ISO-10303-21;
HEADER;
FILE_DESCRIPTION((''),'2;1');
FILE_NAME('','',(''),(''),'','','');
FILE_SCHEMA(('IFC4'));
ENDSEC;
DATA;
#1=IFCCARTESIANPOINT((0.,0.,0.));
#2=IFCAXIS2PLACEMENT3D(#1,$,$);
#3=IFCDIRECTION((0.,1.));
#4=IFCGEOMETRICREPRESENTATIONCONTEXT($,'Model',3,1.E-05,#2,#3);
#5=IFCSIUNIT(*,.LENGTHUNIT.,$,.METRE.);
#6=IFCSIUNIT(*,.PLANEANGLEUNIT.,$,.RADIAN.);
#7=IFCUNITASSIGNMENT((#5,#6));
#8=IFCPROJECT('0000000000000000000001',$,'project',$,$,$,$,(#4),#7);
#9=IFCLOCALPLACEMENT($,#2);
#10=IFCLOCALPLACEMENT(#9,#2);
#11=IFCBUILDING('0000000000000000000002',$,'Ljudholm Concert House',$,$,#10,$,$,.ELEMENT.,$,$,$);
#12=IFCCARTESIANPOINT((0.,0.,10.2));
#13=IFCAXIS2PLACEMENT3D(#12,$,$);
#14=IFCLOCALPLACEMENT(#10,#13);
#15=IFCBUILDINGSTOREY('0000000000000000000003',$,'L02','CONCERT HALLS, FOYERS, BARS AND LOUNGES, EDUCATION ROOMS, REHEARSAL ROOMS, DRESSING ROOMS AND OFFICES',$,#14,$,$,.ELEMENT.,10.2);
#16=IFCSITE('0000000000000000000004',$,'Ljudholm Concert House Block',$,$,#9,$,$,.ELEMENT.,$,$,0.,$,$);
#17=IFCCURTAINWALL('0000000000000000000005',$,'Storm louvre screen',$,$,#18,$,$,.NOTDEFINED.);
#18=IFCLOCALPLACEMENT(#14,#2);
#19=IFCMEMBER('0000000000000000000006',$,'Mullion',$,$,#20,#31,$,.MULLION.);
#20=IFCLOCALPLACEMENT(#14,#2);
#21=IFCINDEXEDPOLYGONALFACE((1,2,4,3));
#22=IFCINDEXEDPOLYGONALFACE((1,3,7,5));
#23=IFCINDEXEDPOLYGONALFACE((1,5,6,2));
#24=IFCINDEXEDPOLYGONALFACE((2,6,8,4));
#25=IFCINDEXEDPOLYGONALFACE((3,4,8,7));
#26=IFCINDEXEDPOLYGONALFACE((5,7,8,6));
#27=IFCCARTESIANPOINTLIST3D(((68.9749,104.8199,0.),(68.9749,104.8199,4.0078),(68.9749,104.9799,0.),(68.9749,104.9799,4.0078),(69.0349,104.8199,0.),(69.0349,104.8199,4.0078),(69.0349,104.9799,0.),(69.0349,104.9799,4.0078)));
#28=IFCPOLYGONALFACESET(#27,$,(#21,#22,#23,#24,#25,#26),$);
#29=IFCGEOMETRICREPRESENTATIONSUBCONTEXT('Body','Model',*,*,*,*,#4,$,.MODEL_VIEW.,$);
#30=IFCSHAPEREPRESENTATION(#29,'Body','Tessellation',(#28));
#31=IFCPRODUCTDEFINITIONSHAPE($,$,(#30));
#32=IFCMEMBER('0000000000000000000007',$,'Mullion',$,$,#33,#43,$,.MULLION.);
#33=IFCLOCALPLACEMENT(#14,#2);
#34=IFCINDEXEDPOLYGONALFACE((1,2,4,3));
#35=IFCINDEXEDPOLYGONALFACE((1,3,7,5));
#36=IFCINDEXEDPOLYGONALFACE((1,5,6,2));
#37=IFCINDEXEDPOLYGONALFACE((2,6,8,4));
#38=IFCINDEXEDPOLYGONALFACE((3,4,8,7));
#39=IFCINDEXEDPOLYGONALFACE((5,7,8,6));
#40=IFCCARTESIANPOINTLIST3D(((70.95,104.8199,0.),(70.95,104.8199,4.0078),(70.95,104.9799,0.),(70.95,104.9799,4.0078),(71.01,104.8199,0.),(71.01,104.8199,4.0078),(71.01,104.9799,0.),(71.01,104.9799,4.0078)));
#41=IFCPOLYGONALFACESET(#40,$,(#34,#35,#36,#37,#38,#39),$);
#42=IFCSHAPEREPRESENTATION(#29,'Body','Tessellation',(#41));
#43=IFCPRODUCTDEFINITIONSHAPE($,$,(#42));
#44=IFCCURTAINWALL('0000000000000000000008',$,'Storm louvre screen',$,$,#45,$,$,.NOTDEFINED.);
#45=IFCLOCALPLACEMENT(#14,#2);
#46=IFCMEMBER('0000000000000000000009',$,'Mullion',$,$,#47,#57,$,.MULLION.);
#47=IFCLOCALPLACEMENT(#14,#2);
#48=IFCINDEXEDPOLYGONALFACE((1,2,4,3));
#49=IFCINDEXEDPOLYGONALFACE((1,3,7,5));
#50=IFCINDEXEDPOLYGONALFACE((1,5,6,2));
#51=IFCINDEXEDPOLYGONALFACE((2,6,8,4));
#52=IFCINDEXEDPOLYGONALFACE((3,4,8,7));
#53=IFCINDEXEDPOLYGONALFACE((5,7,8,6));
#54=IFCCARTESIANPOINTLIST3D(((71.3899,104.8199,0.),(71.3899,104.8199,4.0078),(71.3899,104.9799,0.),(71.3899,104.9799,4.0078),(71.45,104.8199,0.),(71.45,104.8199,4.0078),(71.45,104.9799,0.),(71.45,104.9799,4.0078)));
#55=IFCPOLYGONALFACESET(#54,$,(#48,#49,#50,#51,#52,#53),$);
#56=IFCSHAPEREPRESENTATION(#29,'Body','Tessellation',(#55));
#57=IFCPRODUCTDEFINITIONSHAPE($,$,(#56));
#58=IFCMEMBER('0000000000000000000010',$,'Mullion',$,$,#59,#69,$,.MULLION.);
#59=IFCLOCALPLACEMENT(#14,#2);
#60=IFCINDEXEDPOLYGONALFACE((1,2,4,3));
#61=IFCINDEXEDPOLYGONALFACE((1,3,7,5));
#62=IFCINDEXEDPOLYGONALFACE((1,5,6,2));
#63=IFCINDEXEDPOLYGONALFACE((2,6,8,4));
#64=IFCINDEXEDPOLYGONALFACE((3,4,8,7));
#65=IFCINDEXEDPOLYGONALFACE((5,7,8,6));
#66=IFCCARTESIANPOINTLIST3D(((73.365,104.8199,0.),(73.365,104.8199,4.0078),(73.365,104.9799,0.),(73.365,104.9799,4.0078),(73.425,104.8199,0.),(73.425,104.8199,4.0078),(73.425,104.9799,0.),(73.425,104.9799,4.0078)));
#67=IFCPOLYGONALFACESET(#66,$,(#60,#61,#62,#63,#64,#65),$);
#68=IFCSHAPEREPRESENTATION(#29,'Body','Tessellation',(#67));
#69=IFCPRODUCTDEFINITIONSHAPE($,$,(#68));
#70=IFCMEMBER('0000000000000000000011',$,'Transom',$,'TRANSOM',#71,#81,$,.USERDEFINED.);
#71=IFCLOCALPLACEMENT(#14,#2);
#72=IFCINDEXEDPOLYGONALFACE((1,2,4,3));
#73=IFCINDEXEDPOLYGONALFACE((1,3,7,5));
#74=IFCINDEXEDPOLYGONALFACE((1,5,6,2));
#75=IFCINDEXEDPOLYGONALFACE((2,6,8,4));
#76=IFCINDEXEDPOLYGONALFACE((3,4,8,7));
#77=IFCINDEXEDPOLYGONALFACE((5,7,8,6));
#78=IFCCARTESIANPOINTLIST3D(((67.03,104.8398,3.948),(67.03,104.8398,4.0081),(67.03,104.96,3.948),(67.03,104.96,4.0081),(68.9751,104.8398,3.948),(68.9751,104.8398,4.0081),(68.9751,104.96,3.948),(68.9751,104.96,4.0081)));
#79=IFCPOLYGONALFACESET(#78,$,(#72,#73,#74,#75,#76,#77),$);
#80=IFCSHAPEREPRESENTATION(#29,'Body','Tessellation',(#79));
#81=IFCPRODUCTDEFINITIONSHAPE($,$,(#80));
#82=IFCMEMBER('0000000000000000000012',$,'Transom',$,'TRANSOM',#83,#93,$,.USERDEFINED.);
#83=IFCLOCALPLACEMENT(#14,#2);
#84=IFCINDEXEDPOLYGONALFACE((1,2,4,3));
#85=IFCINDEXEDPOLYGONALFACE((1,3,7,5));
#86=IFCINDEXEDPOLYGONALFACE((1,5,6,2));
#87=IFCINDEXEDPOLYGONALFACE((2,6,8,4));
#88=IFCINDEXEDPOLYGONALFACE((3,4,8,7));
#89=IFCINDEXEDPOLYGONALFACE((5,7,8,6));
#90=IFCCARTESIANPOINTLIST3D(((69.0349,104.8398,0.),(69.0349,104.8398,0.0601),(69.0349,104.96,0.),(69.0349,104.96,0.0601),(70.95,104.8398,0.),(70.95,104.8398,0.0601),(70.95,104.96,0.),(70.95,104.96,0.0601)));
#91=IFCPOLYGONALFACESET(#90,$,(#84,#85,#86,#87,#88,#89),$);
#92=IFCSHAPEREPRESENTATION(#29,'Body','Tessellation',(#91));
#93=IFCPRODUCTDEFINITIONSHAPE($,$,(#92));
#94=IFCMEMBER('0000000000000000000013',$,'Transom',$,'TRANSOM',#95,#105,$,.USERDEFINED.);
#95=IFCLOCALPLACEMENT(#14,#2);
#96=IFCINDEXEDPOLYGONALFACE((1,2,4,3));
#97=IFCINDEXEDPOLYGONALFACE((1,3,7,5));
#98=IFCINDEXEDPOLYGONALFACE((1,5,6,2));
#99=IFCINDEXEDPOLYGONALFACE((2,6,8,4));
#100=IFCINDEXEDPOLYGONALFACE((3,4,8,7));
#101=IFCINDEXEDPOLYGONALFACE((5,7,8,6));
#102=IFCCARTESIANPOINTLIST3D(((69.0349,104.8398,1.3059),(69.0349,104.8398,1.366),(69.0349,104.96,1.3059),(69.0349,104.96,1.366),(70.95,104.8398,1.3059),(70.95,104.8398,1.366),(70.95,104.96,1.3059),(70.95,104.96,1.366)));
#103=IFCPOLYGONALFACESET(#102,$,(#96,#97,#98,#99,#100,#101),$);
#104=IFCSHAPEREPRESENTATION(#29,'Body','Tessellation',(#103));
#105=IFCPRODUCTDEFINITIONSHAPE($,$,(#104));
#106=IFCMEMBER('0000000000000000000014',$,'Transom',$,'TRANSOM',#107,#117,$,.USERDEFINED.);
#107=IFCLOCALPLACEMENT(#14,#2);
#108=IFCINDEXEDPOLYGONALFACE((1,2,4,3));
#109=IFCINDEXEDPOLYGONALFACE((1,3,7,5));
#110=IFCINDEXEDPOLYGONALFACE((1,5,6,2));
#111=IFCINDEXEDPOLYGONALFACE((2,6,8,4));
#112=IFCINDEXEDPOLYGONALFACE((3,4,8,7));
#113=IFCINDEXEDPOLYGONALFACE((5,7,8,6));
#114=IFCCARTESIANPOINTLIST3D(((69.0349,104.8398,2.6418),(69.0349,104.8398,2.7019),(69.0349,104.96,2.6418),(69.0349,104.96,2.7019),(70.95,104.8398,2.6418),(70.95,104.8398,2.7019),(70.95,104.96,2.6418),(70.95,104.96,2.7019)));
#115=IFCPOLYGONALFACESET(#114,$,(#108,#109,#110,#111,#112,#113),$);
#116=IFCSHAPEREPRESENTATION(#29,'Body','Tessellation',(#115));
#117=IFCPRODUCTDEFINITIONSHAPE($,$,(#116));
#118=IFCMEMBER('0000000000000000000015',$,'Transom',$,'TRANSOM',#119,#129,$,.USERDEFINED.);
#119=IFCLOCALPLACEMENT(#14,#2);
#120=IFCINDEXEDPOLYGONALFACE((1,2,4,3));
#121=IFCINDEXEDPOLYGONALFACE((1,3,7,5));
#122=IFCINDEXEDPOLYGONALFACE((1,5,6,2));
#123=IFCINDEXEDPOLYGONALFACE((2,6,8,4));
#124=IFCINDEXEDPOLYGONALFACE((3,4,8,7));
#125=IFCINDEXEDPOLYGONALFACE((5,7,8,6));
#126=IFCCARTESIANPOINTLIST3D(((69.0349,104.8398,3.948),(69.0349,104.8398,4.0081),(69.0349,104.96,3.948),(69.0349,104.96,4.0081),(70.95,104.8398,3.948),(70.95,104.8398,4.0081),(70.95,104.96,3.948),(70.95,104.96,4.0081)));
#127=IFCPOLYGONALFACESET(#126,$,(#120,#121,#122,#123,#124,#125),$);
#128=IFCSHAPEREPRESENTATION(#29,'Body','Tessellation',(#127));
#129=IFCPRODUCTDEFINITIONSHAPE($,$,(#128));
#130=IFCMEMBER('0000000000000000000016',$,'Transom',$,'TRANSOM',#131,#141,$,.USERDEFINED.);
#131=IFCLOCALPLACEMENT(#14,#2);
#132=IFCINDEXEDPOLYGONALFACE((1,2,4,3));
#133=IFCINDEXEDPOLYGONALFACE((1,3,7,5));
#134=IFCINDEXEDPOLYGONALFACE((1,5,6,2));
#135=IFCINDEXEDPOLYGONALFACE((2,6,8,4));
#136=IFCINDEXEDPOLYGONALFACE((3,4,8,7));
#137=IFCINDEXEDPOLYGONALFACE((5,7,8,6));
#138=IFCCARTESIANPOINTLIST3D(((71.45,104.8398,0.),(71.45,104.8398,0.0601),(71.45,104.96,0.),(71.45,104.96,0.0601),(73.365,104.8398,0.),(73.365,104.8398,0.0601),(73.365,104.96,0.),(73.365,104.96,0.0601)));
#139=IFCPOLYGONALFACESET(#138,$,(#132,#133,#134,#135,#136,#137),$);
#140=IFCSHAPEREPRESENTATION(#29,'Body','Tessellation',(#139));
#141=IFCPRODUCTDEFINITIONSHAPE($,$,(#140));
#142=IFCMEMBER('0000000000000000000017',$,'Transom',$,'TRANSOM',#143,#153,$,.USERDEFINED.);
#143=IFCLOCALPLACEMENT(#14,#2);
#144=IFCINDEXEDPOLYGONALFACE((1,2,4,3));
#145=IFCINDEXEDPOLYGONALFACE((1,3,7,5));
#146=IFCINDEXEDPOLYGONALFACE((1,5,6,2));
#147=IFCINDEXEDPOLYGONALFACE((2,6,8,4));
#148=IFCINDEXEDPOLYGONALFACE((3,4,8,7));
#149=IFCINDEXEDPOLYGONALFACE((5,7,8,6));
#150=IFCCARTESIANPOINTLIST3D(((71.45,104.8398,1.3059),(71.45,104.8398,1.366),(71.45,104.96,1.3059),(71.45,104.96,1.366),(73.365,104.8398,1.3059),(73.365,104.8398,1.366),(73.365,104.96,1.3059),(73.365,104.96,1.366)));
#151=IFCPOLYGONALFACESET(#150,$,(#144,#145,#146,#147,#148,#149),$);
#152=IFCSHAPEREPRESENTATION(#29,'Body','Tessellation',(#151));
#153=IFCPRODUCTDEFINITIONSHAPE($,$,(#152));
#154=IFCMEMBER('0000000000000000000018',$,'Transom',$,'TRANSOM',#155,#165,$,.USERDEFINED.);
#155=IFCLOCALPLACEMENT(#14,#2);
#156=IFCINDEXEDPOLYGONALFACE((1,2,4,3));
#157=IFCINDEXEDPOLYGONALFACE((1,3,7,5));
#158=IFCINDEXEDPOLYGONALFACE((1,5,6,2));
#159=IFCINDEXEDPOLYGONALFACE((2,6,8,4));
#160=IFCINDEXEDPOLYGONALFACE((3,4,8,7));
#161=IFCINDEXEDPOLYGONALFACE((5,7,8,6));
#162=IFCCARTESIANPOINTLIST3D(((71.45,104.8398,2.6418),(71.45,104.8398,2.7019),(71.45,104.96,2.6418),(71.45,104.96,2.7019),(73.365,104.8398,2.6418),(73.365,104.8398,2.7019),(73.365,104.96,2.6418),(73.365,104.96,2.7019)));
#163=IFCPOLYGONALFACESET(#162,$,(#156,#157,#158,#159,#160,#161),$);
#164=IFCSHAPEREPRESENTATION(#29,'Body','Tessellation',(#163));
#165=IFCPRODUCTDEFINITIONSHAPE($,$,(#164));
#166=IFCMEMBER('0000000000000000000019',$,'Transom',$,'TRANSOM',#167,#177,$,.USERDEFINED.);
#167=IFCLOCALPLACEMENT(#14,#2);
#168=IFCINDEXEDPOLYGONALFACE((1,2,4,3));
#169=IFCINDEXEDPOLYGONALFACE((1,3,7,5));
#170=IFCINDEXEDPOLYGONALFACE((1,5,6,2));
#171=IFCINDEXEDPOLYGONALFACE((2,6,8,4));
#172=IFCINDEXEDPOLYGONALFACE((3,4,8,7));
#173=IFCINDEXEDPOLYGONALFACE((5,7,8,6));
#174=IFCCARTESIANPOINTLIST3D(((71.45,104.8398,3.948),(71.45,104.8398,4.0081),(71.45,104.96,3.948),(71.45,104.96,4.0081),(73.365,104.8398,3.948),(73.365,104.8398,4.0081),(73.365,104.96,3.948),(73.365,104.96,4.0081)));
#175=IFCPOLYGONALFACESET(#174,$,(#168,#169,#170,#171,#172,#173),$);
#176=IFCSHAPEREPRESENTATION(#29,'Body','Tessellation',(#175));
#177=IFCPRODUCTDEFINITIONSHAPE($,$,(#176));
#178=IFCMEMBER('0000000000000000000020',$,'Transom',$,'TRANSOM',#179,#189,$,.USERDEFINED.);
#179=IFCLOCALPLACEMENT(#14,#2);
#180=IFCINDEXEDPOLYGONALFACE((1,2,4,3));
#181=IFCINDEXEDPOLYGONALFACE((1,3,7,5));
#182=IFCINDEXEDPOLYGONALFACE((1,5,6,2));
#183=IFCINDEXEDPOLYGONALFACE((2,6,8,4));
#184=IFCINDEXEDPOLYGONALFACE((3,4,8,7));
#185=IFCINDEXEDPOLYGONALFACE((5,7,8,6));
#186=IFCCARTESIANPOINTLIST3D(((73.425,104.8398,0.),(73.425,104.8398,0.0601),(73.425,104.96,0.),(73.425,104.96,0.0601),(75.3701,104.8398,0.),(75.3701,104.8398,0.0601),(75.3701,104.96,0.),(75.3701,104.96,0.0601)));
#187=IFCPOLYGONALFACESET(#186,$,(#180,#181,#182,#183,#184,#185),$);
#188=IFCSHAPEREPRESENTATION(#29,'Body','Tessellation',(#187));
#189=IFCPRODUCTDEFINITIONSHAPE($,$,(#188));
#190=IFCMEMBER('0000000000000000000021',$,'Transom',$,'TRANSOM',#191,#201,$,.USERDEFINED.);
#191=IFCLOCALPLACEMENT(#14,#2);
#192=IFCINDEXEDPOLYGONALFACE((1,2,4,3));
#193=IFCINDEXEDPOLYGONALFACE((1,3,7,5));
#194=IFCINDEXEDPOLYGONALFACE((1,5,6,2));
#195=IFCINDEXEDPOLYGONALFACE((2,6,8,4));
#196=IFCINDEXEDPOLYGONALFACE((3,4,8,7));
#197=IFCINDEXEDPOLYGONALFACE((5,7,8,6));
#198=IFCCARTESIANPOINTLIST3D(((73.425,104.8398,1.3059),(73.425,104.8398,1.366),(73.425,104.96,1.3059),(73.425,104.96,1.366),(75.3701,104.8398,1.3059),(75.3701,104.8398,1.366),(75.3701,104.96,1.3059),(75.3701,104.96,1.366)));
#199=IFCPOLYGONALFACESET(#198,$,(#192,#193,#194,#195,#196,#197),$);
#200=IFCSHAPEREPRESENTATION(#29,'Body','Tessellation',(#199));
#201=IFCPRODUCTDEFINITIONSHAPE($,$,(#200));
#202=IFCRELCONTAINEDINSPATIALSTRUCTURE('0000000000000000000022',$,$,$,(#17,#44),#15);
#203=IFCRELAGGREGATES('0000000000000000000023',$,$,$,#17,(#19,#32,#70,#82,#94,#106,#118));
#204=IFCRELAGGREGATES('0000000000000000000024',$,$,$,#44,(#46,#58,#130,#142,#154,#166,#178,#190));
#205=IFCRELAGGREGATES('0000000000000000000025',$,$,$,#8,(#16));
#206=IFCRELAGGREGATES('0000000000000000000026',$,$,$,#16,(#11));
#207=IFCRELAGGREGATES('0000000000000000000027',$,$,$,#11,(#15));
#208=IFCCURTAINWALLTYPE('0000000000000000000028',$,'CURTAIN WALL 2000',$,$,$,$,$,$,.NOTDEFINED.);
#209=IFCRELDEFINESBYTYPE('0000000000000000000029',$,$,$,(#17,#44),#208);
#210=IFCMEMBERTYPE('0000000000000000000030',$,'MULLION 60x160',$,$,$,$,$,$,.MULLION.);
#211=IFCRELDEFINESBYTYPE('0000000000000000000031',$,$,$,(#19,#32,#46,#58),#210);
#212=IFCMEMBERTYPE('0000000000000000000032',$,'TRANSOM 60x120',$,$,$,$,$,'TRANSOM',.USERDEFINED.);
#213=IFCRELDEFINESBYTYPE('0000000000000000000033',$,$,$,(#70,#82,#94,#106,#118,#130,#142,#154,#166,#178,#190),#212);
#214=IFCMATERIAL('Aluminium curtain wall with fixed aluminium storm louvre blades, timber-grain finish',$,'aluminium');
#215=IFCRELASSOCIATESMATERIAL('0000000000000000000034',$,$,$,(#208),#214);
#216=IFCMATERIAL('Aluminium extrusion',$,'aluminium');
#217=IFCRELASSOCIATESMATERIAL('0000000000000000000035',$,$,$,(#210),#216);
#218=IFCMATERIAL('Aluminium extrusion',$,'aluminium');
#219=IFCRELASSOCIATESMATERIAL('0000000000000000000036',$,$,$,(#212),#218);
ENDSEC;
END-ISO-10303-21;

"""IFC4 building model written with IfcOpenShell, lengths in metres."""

from ifc_helpers import new_model, si_unit, direction, frame, origin, origin_2d, place, context, subcontext, project, spatial, rectangle, extrude, material, material_profile, profile_set, type_object, element, aggregate, save


model = new_model("IFC4")

# Units and contexts
model_context = context("Model", 3, precision=1e-05, world=origin(), true_north=direction((0.0, 1.0)))
body_context = subcontext(model_context, "Body", "Model", "MODEL_VIEW")
ifc_project = project(units=[si_unit("LENGTHUNIT", "METRE"), si_unit("PLANEANGLEUNIT", "RADIAN")], contexts=[model_context])

# Site, building, storey
site_placement = place(None, origin())
site = spatial("IfcSite", under=ifc_project, at=site_placement, Name="Ljudholm Concert House Block", CompositionType="ELEMENT", RefElevation=0.0)
building_placement = place(site_placement, origin())
building = spatial("IfcBuilding", under=site, at=building_placement, Name="Ljudholm Concert House", CompositionType="ELEMENT")
storey_placement = place(building_placement, frame((0.0, 0.0, 10.2)))
storey = spatial("IfcBuildingStorey", under=building, at=storey_placement, Name="L02", Description="CONCERT HALLS, FOYERS, BARS AND LOUNGES, EDUCATION ROOMS, REHEARSAL ROOMS, DRESSING ROOMS AND OFFICES", CompositionType="ELEMENT", Elevation=10.2)

# Curtain walls, members
ifc_material_1 = material(Name="Aluminium curtain wall with fixed aluminium storm louvre blades, timber-grain finish", Category="aluminium")
curtain_wall_type = type_object("IfcCurtainWallType", Name="CURTAIN WALL 2000", PredefinedType="NOTDEFINED", material=ifc_material_1)
curtain_wall_1_placement = place(storey_placement, origin())
curtain_wall_1 = element("IfcCurtainWall", 1, at=curtain_wall_1_placement, inside=storey, type_object=curtain_wall_type, Name="Storm louvre screen", PredefinedType="NOTDEFINED")
ifc_material_2 = material(Name="Aluminium extrusion", Category="aluminium")
ifc_material_profile_1 = material_profile(ifc_material_2, rectangle(XDim=0.1599, YDim=0.0601, at=origin_2d()), Name="MULLION 60x160")
ifc_profile_set_1 = profile_set([ifc_material_profile_1], Name="Aluminium extrusion")
member_type_1 = type_object("IfcMemberType", Name="MULLION 60x160", PredefinedType="MULLION", material=ifc_profile_set_1)
member_1_placement = place(storey_placement, frame((69.0049, 104.8999, 0.0), z_axis=(0.0, 0.0, 1.0), x_axis=(0.0, 1.0, 0.0)))
member_1 = element("IfcMember", 2, at=member_1_placement, type_object=member_type_1, Name="Mullion", PredefinedType="MULLION", context=body_context, shape_type="SweptSolid", body=[
    extrude(rectangle(XDim=0.1599, YDim=0.0601, at=origin_2d()), origin(), (0.0, 0.0, 1.0), 4.0078),
])
member_2_placement = place(storey_placement, frame((70.98, 104.8999, 0.0), z_axis=(0.0, 0.0, 1.0), x_axis=(0.0, 1.0, 0.0)))
member_2 = element("IfcMember", 3, at=member_2_placement, type_object=member_type_1, Name="Mullion", PredefinedType="MULLION", context=body_context, shape_type="SweptSolid", body=[
    extrude(rectangle(XDim=0.1599, YDim=0.0601, at=origin_2d()), origin(), (0.0, 0.0, 1.0), 4.0078),
])
curtain_wall_2_placement = place(storey_placement, origin())
curtain_wall_2 = element("IfcCurtainWall", 4, at=curtain_wall_2_placement, inside=storey, type_object=curtain_wall_type, Name="Storm louvre screen", PredefinedType="NOTDEFINED")
member_3_placement = place(storey_placement, frame((71.4199, 104.8999, 0.0), z_axis=(0.0, 0.0, 1.0), x_axis=(0.0, 1.0, 0.0)))
member_3 = element("IfcMember", 5, at=member_3_placement, type_object=member_type_1, Name="Mullion", PredefinedType="MULLION", context=body_context, shape_type="SweptSolid", body=[
    extrude(rectangle(XDim=0.1599, YDim=0.0601, at=origin_2d()), origin(), (0.0, 0.0, 1.0), 4.0078),
])
member_4_placement = place(storey_placement, frame((73.395, 104.8999, 0.0), z_axis=(0.0, 0.0, 1.0), x_axis=(0.0, 1.0, 0.0)))
member_4 = element("IfcMember", 6, at=member_4_placement, type_object=member_type_1, Name="Mullion", PredefinedType="MULLION", context=body_context, shape_type="SweptSolid", body=[
    extrude(rectangle(XDim=0.1599, YDim=0.0601, at=origin_2d()), origin(), (0.0, 0.0, 1.0), 4.0078),
])

# Members
ifc_material_3 = material(Name="Aluminium extrusion", Category="aluminium")
ifc_material_profile_2 = material_profile(ifc_material_3, rectangle(XDim=0.1201, YDim=0.0601, at=origin_2d()), Name="TRANSOM 60x120")
ifc_profile_set_2 = profile_set([ifc_material_profile_2], Name="Aluminium extrusion")
member_type_2 = type_object("IfcMemberType", Name="TRANSOM 60x120", ElementType="TRANSOM", PredefinedType="USERDEFINED", material=ifc_profile_set_2)
member_5_placement = place(storey_placement, frame((67.03, 104.8999, 3.978), z_axis=(1.0, 0.0, 0.0), x_axis=(0.0, 1.0, 0.0)))
member_5 = element("IfcMember", 7, at=member_5_placement, type_object=member_type_2, Name="Transom", ObjectType="TRANSOM", PredefinedType="USERDEFINED", context=body_context, shape_type="SweptSolid", body=[
    extrude(rectangle(XDim=0.1201, YDim=0.0601, at=origin_2d()), origin(), (0.0, 0.0, 1.0), 1.9451),
])
member_6_placement = place(storey_placement, frame((69.0349, 104.8999, 0.03), z_axis=(1.0, 0.0, 0.0), x_axis=(0.0, 1.0, 0.0)))
member_6 = element("IfcMember", 8, at=member_6_placement, type_object=member_type_2, Name="Transom", ObjectType="TRANSOM", PredefinedType="USERDEFINED", context=body_context, shape_type="SweptSolid", body=[
    extrude(rectangle(XDim=0.1201, YDim=0.0601, at=origin_2d()), origin(), (0.0, 0.0, 1.0), 1.915),
])
member_7_placement = place(storey_placement, frame((69.0349, 104.8999, 1.3359), z_axis=(1.0, 0.0, 0.0), x_axis=(0.0, 1.0, 0.0)))
member_7 = element("IfcMember", 9, at=member_7_placement, type_object=member_type_2, Name="Transom", ObjectType="TRANSOM", PredefinedType="USERDEFINED", context=body_context, shape_type="SweptSolid", body=[
    extrude(rectangle(XDim=0.1201, YDim=0.0601, at=origin_2d()), origin(), (0.0, 0.0, 1.0), 1.915),
])
member_8_placement = place(storey_placement, frame((69.0349, 104.8999, 2.6719), z_axis=(1.0, 0.0, 0.0), x_axis=(0.0, 1.0, 0.0)))
member_8 = element("IfcMember", 10, at=member_8_placement, type_object=member_type_2, Name="Transom", ObjectType="TRANSOM", PredefinedType="USERDEFINED", context=body_context, shape_type="SweptSolid", body=[
    extrude(rectangle(XDim=0.1201, YDim=0.0601, at=origin_2d()), origin(), (0.0, 0.0, 1.0), 1.915),
])
member_9_placement = place(storey_placement, frame((69.0349, 104.8999, 3.978), z_axis=(1.0, 0.0, 0.0), x_axis=(0.0, 1.0, 0.0)))
member_9 = element("IfcMember", 11, at=member_9_placement, type_object=member_type_2, Name="Transom", ObjectType="TRANSOM", PredefinedType="USERDEFINED", context=body_context, shape_type="SweptSolid", body=[
    extrude(rectangle(XDim=0.1201, YDim=0.0601, at=origin_2d()), origin(), (0.0, 0.0, 1.0), 1.915),
])
member_10_placement = place(storey_placement, frame((71.45, 104.8999, 0.03), z_axis=(1.0, 0.0, 0.0), x_axis=(0.0, 1.0, 0.0)))
member_10 = element("IfcMember", 12, at=member_10_placement, type_object=member_type_2, Name="Transom", ObjectType="TRANSOM", PredefinedType="USERDEFINED", context=body_context, shape_type="SweptSolid", body=[
    extrude(rectangle(XDim=0.1201, YDim=0.0601, at=origin_2d()), origin(), (0.0, 0.0, 1.0), 1.915),
])
member_11_placement = place(storey_placement, frame((71.45, 104.8999, 1.3359), z_axis=(1.0, 0.0, 0.0), x_axis=(0.0, 1.0, 0.0)))
member_11 = element("IfcMember", 13, at=member_11_placement, type_object=member_type_2, Name="Transom", ObjectType="TRANSOM", PredefinedType="USERDEFINED", context=body_context, shape_type="SweptSolid", body=[
    extrude(rectangle(XDim=0.1201, YDim=0.0601, at=origin_2d()), origin(), (0.0, 0.0, 1.0), 1.915),
])
member_12_placement = place(storey_placement, frame((71.45, 104.8999, 2.6719), z_axis=(1.0, 0.0, 0.0), x_axis=(0.0, 1.0, 0.0)))
member_12 = element("IfcMember", 14, at=member_12_placement, type_object=member_type_2, Name="Transom", ObjectType="TRANSOM", PredefinedType="USERDEFINED", context=body_context, shape_type="SweptSolid", body=[
    extrude(rectangle(XDim=0.1201, YDim=0.0601, at=origin_2d()), origin(), (0.0, 0.0, 1.0), 1.915),
])
member_13_placement = place(storey_placement, frame((71.45, 104.8999, 3.978), z_axis=(1.0, 0.0, 0.0), x_axis=(0.0, 1.0, 0.0)))
member_13 = element("IfcMember", 15, at=member_13_placement, type_object=member_type_2, Name="Transom", ObjectType="TRANSOM", PredefinedType="USERDEFINED", context=body_context, shape_type="SweptSolid", body=[
    extrude(rectangle(XDim=0.1201, YDim=0.0601, at=origin_2d()), origin(), (0.0, 0.0, 1.0), 1.915),
])
member_14_placement = place(storey_placement, frame((73.425, 104.8999, 0.03), z_axis=(1.0, 0.0, 0.0), x_axis=(0.0, 1.0, 0.0)))
member_14 = element("IfcMember", 16, at=member_14_placement, type_object=member_type_2, Name="Transom", ObjectType="TRANSOM", PredefinedType="USERDEFINED", context=body_context, shape_type="SweptSolid", body=[
    extrude(rectangle(XDim=0.1201, YDim=0.0601, at=origin_2d()), origin(), (0.0, 0.0, 1.0), 1.9451),
])
member_15_placement = place(storey_placement, frame((73.425, 104.8999, 1.3359), z_axis=(1.0, 0.0, 0.0), x_axis=(0.0, 1.0, 0.0)))
member_15 = element("IfcMember", 17, at=member_15_placement, type_object=member_type_2, Name="Transom", ObjectType="TRANSOM", PredefinedType="USERDEFINED", context=body_context, shape_type="SweptSolid", body=[
    extrude(rectangle(XDim=0.1201, YDim=0.0601, at=origin_2d()), origin(), (0.0, 0.0, 1.0), 1.9451),
])

aggregate(curtain_wall_1, [member_1, member_2, member_5, member_6, member_7, member_8, member_9])
aggregate(curtain_wall_2, [member_3, member_4, member_10, member_11, member_12, member_13, member_14, member_15])

save(model, "model.ifc")
